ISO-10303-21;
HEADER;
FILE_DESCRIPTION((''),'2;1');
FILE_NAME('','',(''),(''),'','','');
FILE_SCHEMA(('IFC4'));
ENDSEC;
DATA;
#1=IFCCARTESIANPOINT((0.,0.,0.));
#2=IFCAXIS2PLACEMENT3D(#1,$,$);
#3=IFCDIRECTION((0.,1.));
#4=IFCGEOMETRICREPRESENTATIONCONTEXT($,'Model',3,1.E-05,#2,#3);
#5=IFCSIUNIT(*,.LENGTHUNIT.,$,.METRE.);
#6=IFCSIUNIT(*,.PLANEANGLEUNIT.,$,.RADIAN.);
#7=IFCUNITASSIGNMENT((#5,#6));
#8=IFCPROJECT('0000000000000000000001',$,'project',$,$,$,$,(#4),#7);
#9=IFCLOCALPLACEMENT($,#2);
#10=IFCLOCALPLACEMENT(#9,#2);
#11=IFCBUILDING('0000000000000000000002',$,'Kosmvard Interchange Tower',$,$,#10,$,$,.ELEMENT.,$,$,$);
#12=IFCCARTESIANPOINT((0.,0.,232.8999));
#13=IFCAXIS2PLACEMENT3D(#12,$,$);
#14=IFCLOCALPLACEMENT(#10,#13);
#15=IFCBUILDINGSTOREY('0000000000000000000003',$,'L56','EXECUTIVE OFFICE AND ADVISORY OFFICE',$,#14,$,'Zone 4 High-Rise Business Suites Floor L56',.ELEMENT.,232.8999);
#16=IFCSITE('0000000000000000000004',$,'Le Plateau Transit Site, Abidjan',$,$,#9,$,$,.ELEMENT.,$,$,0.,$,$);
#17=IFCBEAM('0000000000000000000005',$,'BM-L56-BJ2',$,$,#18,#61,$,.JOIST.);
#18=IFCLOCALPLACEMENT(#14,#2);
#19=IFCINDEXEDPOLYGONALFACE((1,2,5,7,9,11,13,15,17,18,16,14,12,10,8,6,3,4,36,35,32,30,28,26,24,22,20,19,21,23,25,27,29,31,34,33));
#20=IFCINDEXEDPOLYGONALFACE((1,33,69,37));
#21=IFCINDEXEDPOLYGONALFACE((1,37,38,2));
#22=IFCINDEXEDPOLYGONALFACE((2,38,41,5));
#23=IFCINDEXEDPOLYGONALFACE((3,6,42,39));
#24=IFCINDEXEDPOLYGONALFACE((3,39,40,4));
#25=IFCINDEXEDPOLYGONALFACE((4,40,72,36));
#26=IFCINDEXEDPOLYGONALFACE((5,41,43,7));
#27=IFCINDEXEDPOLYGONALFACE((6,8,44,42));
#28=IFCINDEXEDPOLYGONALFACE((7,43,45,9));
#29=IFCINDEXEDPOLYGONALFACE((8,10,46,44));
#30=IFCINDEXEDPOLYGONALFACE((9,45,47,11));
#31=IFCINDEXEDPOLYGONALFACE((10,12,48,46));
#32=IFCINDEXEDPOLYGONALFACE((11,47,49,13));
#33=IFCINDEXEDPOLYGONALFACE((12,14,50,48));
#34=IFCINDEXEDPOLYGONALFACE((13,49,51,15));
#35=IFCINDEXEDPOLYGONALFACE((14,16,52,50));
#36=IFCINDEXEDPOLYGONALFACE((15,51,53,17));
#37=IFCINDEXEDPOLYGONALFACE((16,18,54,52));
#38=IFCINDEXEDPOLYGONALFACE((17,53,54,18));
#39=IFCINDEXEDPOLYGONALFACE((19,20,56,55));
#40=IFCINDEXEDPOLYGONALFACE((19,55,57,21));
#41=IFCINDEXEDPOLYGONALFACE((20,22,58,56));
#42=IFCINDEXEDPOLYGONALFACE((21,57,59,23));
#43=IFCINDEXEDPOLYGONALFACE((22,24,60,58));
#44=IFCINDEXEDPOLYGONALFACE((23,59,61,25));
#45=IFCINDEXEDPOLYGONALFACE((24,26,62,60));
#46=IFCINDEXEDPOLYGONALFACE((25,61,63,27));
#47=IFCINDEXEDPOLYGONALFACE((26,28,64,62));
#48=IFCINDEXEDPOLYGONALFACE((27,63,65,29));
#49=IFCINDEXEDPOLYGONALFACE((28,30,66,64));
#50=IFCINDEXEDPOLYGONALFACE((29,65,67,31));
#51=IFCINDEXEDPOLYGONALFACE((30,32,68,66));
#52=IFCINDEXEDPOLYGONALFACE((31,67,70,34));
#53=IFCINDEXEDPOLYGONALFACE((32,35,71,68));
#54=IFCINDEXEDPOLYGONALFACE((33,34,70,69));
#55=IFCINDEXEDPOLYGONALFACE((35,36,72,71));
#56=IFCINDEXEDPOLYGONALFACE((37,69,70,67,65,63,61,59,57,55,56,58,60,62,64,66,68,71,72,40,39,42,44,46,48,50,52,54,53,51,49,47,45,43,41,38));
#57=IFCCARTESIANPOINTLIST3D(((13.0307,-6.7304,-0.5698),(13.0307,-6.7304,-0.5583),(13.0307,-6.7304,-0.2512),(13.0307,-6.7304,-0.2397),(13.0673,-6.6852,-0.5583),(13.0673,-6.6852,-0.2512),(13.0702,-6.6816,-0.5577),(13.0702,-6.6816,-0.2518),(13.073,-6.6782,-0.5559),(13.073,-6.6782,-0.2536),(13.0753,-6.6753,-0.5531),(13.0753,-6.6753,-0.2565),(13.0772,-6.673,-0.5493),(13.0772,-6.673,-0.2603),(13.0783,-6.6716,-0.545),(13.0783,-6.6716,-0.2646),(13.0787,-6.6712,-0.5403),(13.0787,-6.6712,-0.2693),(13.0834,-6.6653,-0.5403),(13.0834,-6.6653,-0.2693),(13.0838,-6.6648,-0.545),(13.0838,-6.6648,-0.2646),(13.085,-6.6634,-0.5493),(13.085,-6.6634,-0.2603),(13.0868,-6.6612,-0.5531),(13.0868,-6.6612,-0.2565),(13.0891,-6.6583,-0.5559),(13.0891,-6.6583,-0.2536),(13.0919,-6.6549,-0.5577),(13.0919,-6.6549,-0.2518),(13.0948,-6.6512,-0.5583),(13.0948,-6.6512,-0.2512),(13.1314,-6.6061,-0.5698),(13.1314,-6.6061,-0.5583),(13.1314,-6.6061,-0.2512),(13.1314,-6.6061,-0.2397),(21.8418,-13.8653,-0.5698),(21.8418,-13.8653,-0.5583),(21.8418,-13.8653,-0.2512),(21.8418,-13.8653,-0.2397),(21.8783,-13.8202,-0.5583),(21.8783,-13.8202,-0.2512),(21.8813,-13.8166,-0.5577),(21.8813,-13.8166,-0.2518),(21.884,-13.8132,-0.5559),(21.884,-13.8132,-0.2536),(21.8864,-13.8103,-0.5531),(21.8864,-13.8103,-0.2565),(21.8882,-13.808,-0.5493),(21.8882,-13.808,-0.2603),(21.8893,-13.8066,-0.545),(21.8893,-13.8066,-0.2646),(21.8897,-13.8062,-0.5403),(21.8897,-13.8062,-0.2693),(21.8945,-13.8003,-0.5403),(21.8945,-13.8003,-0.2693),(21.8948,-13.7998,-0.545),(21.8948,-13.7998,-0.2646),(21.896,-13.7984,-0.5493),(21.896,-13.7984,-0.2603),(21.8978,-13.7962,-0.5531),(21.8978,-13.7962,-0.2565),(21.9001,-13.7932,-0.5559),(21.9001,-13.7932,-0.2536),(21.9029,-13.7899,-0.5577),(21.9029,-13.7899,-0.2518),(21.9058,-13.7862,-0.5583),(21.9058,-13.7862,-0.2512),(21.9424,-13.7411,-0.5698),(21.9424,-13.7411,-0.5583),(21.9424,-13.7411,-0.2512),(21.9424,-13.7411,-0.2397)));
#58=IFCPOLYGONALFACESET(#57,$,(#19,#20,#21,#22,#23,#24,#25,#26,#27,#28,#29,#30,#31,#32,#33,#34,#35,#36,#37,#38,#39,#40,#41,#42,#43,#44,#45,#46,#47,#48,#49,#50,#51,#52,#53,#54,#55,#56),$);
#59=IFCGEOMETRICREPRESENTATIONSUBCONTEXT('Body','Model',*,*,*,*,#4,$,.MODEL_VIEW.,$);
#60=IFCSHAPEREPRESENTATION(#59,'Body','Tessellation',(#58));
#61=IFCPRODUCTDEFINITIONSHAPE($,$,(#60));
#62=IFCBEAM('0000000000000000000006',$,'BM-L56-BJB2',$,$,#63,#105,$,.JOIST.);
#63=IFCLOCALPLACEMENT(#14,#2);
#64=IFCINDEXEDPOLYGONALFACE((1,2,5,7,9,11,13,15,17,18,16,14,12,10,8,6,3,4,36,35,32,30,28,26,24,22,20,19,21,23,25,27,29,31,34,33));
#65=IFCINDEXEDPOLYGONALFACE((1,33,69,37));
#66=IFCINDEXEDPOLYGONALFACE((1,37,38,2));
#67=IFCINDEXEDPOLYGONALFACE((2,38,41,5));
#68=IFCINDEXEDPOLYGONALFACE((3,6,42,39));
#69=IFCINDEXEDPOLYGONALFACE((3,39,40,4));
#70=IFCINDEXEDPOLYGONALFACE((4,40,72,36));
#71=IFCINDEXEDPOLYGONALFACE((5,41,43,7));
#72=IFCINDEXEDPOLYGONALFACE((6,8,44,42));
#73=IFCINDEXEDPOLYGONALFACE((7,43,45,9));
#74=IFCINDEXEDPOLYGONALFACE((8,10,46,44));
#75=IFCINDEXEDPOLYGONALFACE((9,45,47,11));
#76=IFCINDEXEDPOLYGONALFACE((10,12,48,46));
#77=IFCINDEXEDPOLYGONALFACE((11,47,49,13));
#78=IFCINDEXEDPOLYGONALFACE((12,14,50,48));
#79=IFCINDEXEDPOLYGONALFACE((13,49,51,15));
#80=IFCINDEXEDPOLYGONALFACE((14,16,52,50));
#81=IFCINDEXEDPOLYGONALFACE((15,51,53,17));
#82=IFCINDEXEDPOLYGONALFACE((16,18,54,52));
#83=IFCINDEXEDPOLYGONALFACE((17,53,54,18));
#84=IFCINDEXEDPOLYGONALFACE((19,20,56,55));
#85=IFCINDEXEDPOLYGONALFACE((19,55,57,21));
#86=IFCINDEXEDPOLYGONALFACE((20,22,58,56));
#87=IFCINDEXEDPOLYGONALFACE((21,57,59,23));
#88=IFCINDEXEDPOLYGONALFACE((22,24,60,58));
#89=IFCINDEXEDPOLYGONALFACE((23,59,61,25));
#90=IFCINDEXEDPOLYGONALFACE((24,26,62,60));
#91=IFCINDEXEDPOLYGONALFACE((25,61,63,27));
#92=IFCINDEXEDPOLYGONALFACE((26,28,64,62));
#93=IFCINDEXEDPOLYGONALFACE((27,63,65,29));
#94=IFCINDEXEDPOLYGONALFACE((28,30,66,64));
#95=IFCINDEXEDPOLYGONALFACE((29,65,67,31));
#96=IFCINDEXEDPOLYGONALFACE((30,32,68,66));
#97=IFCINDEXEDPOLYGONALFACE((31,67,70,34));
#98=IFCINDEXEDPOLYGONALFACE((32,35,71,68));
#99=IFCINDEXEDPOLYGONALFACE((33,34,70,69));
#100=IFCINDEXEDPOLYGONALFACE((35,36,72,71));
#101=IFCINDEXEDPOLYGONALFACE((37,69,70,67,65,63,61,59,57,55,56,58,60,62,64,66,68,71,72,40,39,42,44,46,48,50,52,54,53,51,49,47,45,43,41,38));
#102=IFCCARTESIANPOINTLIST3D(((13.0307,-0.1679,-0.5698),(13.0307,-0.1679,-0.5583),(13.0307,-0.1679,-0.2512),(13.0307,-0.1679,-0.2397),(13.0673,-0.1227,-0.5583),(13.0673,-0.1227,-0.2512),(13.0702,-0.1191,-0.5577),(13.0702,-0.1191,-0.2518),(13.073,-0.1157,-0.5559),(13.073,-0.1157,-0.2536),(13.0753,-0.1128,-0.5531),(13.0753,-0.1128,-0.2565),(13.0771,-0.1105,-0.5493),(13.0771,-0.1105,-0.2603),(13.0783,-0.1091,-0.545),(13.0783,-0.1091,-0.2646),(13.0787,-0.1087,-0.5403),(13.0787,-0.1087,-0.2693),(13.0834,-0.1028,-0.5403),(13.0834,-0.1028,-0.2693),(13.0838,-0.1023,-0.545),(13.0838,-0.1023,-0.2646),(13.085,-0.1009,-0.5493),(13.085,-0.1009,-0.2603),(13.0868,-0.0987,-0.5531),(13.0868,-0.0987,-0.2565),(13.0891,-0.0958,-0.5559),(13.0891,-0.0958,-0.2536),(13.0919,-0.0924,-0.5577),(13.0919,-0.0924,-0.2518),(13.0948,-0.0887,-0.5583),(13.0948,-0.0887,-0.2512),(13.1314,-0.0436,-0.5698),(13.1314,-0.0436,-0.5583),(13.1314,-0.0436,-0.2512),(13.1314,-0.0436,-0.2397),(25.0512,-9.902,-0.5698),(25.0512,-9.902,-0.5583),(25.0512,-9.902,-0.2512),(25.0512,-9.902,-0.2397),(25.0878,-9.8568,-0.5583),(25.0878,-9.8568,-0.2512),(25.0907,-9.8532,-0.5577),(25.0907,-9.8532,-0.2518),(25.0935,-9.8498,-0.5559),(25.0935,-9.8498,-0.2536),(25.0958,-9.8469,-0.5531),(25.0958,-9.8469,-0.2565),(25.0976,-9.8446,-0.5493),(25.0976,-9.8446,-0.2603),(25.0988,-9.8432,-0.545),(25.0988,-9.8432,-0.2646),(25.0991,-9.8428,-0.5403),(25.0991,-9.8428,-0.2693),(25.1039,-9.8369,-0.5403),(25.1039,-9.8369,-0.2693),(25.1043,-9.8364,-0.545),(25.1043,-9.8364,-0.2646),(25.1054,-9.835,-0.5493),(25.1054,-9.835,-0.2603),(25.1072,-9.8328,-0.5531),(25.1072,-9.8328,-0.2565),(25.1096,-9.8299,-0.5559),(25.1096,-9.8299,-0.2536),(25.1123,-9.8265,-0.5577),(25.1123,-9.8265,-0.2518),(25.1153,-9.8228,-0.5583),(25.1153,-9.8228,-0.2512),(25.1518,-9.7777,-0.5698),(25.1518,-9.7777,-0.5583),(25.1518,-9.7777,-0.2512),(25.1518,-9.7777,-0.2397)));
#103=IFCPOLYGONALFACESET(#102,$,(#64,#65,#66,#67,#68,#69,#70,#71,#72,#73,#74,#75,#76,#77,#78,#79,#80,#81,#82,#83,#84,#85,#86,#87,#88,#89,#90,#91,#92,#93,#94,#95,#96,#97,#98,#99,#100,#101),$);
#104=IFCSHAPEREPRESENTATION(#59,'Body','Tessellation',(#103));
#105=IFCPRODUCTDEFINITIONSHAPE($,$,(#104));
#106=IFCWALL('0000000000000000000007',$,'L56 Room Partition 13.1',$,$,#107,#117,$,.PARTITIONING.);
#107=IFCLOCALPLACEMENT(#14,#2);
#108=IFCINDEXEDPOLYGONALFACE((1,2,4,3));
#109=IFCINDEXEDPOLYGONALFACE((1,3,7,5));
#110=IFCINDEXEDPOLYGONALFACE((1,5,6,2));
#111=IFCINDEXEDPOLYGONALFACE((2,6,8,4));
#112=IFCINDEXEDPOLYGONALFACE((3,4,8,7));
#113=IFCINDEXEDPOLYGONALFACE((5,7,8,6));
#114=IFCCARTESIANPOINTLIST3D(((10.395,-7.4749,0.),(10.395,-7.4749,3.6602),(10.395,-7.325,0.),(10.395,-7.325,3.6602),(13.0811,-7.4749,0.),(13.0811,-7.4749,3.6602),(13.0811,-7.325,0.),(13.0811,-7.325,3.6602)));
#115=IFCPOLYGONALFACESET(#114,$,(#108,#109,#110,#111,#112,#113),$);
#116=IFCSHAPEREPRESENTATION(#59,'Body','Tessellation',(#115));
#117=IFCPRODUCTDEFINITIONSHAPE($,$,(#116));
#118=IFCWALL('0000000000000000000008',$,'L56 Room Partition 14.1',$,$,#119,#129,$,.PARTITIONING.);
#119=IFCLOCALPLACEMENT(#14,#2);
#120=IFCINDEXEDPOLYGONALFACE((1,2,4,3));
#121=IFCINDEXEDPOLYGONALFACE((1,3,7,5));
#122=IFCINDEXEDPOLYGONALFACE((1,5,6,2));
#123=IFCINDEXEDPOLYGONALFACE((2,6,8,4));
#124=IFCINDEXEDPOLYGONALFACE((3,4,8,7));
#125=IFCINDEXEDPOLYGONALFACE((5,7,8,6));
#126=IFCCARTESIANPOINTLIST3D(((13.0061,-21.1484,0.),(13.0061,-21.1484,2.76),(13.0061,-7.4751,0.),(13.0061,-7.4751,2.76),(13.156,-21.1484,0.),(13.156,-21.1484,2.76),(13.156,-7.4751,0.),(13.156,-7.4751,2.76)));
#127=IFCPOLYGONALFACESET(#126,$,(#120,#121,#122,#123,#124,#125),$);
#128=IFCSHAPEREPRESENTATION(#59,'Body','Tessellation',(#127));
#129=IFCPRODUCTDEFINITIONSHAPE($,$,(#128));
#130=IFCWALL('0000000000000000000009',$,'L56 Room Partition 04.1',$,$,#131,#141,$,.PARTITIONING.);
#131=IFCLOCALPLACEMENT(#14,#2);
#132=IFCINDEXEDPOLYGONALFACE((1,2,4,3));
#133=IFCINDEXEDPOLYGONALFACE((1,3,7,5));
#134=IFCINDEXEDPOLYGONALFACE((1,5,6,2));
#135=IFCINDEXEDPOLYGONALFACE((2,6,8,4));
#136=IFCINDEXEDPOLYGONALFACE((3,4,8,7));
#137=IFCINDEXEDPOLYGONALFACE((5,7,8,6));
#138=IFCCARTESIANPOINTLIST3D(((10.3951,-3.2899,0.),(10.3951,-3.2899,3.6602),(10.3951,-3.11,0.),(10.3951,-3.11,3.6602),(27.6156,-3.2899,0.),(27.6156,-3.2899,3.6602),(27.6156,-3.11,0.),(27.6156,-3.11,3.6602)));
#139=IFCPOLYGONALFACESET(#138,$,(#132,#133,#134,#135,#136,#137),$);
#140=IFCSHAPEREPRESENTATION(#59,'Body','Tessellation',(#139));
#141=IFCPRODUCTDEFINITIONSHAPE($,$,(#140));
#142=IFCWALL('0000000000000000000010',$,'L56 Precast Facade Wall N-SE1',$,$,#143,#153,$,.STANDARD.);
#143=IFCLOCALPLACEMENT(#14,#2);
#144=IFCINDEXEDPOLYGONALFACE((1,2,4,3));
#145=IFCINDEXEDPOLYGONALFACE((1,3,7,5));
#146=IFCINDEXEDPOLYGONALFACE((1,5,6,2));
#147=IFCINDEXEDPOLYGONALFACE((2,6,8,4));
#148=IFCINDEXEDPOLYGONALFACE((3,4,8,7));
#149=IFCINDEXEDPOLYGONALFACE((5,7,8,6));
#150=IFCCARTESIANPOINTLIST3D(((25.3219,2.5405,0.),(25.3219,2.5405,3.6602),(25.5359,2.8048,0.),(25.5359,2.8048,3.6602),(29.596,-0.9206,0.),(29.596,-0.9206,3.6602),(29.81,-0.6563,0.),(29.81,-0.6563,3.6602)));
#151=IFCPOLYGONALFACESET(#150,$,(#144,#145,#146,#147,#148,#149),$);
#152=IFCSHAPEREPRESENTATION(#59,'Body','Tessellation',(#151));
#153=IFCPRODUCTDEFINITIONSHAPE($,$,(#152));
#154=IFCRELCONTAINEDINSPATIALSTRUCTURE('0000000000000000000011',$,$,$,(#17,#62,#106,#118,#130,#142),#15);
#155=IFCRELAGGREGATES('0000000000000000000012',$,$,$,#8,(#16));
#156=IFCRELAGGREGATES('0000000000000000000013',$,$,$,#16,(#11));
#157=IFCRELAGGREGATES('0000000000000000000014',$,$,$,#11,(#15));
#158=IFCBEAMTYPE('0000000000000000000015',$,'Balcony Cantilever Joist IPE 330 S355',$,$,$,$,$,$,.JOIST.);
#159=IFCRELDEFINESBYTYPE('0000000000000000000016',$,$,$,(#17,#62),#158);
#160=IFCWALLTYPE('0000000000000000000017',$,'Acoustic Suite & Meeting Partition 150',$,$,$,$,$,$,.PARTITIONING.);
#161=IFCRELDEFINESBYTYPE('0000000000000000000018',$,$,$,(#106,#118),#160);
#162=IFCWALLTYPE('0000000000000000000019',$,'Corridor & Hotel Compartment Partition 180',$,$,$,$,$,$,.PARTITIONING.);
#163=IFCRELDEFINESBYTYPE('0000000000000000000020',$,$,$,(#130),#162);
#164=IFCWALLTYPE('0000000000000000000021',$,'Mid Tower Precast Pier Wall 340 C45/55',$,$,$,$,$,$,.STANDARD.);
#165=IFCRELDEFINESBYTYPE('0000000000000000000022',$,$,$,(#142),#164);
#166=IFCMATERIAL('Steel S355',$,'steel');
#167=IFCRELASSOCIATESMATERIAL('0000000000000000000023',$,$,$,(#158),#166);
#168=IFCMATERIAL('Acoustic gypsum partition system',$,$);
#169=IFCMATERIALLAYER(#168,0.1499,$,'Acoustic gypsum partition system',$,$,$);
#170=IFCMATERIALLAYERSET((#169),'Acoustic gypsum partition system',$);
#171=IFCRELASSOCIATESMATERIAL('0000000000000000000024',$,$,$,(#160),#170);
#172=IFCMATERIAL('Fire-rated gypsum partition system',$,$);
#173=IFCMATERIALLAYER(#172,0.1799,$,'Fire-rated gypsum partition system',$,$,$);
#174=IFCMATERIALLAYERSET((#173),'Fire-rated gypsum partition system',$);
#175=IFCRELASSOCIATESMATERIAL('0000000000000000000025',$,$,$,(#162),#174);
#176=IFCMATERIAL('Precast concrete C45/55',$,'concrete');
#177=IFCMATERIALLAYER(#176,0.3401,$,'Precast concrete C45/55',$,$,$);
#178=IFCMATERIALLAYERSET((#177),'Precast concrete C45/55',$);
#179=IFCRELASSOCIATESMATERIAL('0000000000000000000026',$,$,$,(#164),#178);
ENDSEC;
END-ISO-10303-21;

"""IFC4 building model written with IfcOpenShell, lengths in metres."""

from ifc_helpers import new_model, si_unit, direction, frame, frame_2d, origin, origin_2d, place, context, subcontext, project, spatial, rectangle, i_section, extrude, source, transform, mapped, material, layer, layer_set, material_profile, profile_set, type_object, element, save


model = new_model("IFC4")

# Units and contexts
model_context = context("Model", 3, precision=1e-05, world=origin(), true_north=direction((0.0, 1.0)))
body_context = subcontext(model_context, "Body", "Model", "MODEL_VIEW")
ifc_project = project(units=[si_unit("LENGTHUNIT", "METRE"), si_unit("PLANEANGLEUNIT", "RADIAN")], contexts=[model_context])

# Site, building, storey
site_placement = place(None, origin())
site = spatial("IfcSite", under=ifc_project, at=site_placement, Name="Le Plateau Transit Site, Abidjan", CompositionType="ELEMENT", RefElevation=0.0)
building_placement = place(site_placement, origin())
building = spatial("IfcBuilding", under=site, at=building_placement, Name="Kosmvard Interchange Tower", CompositionType="ELEMENT")
storey_placement = place(building_placement, frame((0.0, 0.0, 232.8999)))
storey = spatial("IfcBuildingStorey", under=building, at=storey_placement, Name="L56", Description="EXECUTIVE OFFICE AND ADVISORY OFFICE", LongName="Zone 4 High-Rise Business Suites Floor L56", CompositionType="ELEMENT", Elevation=232.8999)

# Beams
ifc_material_1 = material(Name="Steel S355", Category="steel")
ifc_material_2 = material(Name="Precast concrete C45/55", Category="concrete")
ifc_material_profile_1 = material_profile(ifc_material_1, i_section(OverallWidth=0.1599, OverallDepth=0.3301, WebThickness=0.0076, FlangeThickness=0.0115, FilletRadius=0.0181, at=origin_2d()), Name="IPE 330")
ifc_profile_set_1 = profile_set([ifc_material_profile_1], Name="Steel S355")
beam_type_1 = type_object("IfcBeamType", Name="Balcony Cantilever Joist IPE 330 S355", PredefinedType="JOIST", material=ifc_profile_set_1)
shared_shape_1 = source(origin(), body_context, "Body", "SweptSolid", [
    extrude(i_section(OverallWidth=0.1599, OverallDepth=0.3301, WebThickness=0.0076, FlangeThickness=0.0115, FilletRadius=0.0181, at=origin_2d()), origin(), (0.0, 0.0, 1.0), 11.3376),
])
beam_1_placement = place(storey_placement, frame((13.0811, -6.6682, -0.4048), z_axis=(0.777147, -0.629319, 0.0), x_axis=(0.629319, 0.777147, 0.0)))
element("IfcBeam", 1, at=beam_1_placement, inside=storey, type_object=beam_type_1, Name="BM-L56-BJ2", PredefinedType="JOIST", context=body_context, shape_type="MappedRepresentation", body=[
    mapped(shared_shape_1, transform((0.0, 0.0, 0.0), scale=1.0)),
])
shared_shape_2 = source(origin(), body_context, "Body", "SweptSolid", [
    extrude(i_section(OverallWidth=0.1599, OverallDepth=0.3301, WebThickness=0.0076, FlangeThickness=0.0115, FilletRadius=0.0181, at=origin_2d()), origin(), (0.0, 0.0, 1.0), 15.4675),
])
beam_2_placement = place(storey_placement, frame((13.0811, -0.1057, -0.4048), z_axis=(0.777142, -0.629325, 0.0), x_axis=(0.629325, 0.777142, 0.0)))
element("IfcBeam", 2, at=beam_2_placement, inside=storey, type_object=beam_type_1, Name="BM-L56-BJB2", PredefinedType="JOIST", context=body_context, shape_type="MappedRepresentation", body=[
    mapped(shared_shape_2, transform((0.0, 0.0, 0.0), scale=1.0)),
])

# Walls
ifc_material_3 = material(Name="Acoustic gypsum partition system")
ifc_layer_1 = layer(ifc_material_3, 0.1499, Name="Acoustic gypsum partition system")
ifc_layer_set_1 = layer_set([ifc_layer_1], Name="Acoustic gypsum partition system")
wall_type_1 = type_object("IfcWallType", Name="Acoustic Suite & Meeting Partition 150", PredefinedType="PARTITIONING", material=ifc_layer_set_1)
wall_1_placement = place(storey_placement, frame((10.395, -7.3999, 0.0), z_axis=(0.0, 0.0, 1.0), x_axis=(1.0, 0.0, 0.0)))
element("IfcWall", 3, at=wall_1_placement, inside=storey, type_object=wall_type_1, Name="L56 Room Partition 13.1", PredefinedType="PARTITIONING", context=body_context, shape_type="SweptSolid", body=[
    extrude(rectangle(XDim=2.686, YDim=0.1499, at=frame_2d((1.343, 0.0))), origin(), (0.0, 0.0, 1.0), 3.6602),
])
wall_2_placement = place(storey_placement, frame((13.0811, -7.4751, 0.0), z_axis=(0.0, 0.0, 1.0), x_axis=(0.0, -1.0, 0.0)))
element("IfcWall", 4, at=wall_2_placement, inside=storey, type_object=wall_type_1, Name="L56 Room Partition 14.1", PredefinedType="PARTITIONING", context=body_context, shape_type="SweptSolid", body=[
    extrude(rectangle(XDim=13.6733, YDim=0.1499, at=frame_2d((6.8367, 0.0))), origin(), (0.0, 0.0, 1.0), 2.76),
])
ifc_material_4 = material(Name="Fire-rated gypsum partition system")
ifc_layer_2 = layer(ifc_material_4, 0.1799, Name="Fire-rated gypsum partition system")
ifc_layer_set_2 = layer_set([ifc_layer_2], Name="Fire-rated gypsum partition system")
wall_type_2 = type_object("IfcWallType", Name="Corridor & Hotel Compartment Partition 180", PredefinedType="PARTITIONING", material=ifc_layer_set_2)
wall_3_placement = place(storey_placement, frame((10.395, -3.2, 0.0), z_axis=(0.0, 0.0, 1.0), x_axis=(1.0, 0.0, 0.0)))
element("IfcWall", 5, at=wall_3_placement, inside=storey, type_object=wall_type_2, Name="L56 Room Partition 04.1", PredefinedType="PARTITIONING", context=body_context, shape_type="SweptSolid", body=[
    extrude(rectangle(XDim=17.2205, YDim=0.1799, at=frame_2d((8.6104, 0.0))), origin(), (0.0, 0.0, 1.0), 3.6602),
])
ifc_layer_3 = layer(ifc_material_2, 0.3401, Name="Precast concrete C45/55")
ifc_layer_set_3 = layer_set([ifc_layer_3], Name="Precast concrete C45/55")
wall_type_3 = type_object("IfcWallType", Name="Mid Tower Precast Pier Wall 340 C45/55", PredefinedType="STANDARD", material=ifc_layer_set_3)
wall_4_placement = place(storey_placement, frame((29.7031, -0.7886, 0.0), z_axis=(0.0, 0.0, 1.0), x_axis=(-0.777144, 0.629323, 0.0)))
element("IfcWall", 6, at=wall_4_placement, inside=storey, type_object=wall_type_3, Name="L56 Precast Facade Wall N-SE1", PredefinedType="STANDARD", context=body_context, shape_type="SweptSolid", body=[
    extrude(rectangle(XDim=5.4998, YDim=0.3401, at=frame_2d((2.75, 0.0))), origin(), (0.0, 0.0, 1.0), 3.6602),
])

save(model, "model.ifc")
